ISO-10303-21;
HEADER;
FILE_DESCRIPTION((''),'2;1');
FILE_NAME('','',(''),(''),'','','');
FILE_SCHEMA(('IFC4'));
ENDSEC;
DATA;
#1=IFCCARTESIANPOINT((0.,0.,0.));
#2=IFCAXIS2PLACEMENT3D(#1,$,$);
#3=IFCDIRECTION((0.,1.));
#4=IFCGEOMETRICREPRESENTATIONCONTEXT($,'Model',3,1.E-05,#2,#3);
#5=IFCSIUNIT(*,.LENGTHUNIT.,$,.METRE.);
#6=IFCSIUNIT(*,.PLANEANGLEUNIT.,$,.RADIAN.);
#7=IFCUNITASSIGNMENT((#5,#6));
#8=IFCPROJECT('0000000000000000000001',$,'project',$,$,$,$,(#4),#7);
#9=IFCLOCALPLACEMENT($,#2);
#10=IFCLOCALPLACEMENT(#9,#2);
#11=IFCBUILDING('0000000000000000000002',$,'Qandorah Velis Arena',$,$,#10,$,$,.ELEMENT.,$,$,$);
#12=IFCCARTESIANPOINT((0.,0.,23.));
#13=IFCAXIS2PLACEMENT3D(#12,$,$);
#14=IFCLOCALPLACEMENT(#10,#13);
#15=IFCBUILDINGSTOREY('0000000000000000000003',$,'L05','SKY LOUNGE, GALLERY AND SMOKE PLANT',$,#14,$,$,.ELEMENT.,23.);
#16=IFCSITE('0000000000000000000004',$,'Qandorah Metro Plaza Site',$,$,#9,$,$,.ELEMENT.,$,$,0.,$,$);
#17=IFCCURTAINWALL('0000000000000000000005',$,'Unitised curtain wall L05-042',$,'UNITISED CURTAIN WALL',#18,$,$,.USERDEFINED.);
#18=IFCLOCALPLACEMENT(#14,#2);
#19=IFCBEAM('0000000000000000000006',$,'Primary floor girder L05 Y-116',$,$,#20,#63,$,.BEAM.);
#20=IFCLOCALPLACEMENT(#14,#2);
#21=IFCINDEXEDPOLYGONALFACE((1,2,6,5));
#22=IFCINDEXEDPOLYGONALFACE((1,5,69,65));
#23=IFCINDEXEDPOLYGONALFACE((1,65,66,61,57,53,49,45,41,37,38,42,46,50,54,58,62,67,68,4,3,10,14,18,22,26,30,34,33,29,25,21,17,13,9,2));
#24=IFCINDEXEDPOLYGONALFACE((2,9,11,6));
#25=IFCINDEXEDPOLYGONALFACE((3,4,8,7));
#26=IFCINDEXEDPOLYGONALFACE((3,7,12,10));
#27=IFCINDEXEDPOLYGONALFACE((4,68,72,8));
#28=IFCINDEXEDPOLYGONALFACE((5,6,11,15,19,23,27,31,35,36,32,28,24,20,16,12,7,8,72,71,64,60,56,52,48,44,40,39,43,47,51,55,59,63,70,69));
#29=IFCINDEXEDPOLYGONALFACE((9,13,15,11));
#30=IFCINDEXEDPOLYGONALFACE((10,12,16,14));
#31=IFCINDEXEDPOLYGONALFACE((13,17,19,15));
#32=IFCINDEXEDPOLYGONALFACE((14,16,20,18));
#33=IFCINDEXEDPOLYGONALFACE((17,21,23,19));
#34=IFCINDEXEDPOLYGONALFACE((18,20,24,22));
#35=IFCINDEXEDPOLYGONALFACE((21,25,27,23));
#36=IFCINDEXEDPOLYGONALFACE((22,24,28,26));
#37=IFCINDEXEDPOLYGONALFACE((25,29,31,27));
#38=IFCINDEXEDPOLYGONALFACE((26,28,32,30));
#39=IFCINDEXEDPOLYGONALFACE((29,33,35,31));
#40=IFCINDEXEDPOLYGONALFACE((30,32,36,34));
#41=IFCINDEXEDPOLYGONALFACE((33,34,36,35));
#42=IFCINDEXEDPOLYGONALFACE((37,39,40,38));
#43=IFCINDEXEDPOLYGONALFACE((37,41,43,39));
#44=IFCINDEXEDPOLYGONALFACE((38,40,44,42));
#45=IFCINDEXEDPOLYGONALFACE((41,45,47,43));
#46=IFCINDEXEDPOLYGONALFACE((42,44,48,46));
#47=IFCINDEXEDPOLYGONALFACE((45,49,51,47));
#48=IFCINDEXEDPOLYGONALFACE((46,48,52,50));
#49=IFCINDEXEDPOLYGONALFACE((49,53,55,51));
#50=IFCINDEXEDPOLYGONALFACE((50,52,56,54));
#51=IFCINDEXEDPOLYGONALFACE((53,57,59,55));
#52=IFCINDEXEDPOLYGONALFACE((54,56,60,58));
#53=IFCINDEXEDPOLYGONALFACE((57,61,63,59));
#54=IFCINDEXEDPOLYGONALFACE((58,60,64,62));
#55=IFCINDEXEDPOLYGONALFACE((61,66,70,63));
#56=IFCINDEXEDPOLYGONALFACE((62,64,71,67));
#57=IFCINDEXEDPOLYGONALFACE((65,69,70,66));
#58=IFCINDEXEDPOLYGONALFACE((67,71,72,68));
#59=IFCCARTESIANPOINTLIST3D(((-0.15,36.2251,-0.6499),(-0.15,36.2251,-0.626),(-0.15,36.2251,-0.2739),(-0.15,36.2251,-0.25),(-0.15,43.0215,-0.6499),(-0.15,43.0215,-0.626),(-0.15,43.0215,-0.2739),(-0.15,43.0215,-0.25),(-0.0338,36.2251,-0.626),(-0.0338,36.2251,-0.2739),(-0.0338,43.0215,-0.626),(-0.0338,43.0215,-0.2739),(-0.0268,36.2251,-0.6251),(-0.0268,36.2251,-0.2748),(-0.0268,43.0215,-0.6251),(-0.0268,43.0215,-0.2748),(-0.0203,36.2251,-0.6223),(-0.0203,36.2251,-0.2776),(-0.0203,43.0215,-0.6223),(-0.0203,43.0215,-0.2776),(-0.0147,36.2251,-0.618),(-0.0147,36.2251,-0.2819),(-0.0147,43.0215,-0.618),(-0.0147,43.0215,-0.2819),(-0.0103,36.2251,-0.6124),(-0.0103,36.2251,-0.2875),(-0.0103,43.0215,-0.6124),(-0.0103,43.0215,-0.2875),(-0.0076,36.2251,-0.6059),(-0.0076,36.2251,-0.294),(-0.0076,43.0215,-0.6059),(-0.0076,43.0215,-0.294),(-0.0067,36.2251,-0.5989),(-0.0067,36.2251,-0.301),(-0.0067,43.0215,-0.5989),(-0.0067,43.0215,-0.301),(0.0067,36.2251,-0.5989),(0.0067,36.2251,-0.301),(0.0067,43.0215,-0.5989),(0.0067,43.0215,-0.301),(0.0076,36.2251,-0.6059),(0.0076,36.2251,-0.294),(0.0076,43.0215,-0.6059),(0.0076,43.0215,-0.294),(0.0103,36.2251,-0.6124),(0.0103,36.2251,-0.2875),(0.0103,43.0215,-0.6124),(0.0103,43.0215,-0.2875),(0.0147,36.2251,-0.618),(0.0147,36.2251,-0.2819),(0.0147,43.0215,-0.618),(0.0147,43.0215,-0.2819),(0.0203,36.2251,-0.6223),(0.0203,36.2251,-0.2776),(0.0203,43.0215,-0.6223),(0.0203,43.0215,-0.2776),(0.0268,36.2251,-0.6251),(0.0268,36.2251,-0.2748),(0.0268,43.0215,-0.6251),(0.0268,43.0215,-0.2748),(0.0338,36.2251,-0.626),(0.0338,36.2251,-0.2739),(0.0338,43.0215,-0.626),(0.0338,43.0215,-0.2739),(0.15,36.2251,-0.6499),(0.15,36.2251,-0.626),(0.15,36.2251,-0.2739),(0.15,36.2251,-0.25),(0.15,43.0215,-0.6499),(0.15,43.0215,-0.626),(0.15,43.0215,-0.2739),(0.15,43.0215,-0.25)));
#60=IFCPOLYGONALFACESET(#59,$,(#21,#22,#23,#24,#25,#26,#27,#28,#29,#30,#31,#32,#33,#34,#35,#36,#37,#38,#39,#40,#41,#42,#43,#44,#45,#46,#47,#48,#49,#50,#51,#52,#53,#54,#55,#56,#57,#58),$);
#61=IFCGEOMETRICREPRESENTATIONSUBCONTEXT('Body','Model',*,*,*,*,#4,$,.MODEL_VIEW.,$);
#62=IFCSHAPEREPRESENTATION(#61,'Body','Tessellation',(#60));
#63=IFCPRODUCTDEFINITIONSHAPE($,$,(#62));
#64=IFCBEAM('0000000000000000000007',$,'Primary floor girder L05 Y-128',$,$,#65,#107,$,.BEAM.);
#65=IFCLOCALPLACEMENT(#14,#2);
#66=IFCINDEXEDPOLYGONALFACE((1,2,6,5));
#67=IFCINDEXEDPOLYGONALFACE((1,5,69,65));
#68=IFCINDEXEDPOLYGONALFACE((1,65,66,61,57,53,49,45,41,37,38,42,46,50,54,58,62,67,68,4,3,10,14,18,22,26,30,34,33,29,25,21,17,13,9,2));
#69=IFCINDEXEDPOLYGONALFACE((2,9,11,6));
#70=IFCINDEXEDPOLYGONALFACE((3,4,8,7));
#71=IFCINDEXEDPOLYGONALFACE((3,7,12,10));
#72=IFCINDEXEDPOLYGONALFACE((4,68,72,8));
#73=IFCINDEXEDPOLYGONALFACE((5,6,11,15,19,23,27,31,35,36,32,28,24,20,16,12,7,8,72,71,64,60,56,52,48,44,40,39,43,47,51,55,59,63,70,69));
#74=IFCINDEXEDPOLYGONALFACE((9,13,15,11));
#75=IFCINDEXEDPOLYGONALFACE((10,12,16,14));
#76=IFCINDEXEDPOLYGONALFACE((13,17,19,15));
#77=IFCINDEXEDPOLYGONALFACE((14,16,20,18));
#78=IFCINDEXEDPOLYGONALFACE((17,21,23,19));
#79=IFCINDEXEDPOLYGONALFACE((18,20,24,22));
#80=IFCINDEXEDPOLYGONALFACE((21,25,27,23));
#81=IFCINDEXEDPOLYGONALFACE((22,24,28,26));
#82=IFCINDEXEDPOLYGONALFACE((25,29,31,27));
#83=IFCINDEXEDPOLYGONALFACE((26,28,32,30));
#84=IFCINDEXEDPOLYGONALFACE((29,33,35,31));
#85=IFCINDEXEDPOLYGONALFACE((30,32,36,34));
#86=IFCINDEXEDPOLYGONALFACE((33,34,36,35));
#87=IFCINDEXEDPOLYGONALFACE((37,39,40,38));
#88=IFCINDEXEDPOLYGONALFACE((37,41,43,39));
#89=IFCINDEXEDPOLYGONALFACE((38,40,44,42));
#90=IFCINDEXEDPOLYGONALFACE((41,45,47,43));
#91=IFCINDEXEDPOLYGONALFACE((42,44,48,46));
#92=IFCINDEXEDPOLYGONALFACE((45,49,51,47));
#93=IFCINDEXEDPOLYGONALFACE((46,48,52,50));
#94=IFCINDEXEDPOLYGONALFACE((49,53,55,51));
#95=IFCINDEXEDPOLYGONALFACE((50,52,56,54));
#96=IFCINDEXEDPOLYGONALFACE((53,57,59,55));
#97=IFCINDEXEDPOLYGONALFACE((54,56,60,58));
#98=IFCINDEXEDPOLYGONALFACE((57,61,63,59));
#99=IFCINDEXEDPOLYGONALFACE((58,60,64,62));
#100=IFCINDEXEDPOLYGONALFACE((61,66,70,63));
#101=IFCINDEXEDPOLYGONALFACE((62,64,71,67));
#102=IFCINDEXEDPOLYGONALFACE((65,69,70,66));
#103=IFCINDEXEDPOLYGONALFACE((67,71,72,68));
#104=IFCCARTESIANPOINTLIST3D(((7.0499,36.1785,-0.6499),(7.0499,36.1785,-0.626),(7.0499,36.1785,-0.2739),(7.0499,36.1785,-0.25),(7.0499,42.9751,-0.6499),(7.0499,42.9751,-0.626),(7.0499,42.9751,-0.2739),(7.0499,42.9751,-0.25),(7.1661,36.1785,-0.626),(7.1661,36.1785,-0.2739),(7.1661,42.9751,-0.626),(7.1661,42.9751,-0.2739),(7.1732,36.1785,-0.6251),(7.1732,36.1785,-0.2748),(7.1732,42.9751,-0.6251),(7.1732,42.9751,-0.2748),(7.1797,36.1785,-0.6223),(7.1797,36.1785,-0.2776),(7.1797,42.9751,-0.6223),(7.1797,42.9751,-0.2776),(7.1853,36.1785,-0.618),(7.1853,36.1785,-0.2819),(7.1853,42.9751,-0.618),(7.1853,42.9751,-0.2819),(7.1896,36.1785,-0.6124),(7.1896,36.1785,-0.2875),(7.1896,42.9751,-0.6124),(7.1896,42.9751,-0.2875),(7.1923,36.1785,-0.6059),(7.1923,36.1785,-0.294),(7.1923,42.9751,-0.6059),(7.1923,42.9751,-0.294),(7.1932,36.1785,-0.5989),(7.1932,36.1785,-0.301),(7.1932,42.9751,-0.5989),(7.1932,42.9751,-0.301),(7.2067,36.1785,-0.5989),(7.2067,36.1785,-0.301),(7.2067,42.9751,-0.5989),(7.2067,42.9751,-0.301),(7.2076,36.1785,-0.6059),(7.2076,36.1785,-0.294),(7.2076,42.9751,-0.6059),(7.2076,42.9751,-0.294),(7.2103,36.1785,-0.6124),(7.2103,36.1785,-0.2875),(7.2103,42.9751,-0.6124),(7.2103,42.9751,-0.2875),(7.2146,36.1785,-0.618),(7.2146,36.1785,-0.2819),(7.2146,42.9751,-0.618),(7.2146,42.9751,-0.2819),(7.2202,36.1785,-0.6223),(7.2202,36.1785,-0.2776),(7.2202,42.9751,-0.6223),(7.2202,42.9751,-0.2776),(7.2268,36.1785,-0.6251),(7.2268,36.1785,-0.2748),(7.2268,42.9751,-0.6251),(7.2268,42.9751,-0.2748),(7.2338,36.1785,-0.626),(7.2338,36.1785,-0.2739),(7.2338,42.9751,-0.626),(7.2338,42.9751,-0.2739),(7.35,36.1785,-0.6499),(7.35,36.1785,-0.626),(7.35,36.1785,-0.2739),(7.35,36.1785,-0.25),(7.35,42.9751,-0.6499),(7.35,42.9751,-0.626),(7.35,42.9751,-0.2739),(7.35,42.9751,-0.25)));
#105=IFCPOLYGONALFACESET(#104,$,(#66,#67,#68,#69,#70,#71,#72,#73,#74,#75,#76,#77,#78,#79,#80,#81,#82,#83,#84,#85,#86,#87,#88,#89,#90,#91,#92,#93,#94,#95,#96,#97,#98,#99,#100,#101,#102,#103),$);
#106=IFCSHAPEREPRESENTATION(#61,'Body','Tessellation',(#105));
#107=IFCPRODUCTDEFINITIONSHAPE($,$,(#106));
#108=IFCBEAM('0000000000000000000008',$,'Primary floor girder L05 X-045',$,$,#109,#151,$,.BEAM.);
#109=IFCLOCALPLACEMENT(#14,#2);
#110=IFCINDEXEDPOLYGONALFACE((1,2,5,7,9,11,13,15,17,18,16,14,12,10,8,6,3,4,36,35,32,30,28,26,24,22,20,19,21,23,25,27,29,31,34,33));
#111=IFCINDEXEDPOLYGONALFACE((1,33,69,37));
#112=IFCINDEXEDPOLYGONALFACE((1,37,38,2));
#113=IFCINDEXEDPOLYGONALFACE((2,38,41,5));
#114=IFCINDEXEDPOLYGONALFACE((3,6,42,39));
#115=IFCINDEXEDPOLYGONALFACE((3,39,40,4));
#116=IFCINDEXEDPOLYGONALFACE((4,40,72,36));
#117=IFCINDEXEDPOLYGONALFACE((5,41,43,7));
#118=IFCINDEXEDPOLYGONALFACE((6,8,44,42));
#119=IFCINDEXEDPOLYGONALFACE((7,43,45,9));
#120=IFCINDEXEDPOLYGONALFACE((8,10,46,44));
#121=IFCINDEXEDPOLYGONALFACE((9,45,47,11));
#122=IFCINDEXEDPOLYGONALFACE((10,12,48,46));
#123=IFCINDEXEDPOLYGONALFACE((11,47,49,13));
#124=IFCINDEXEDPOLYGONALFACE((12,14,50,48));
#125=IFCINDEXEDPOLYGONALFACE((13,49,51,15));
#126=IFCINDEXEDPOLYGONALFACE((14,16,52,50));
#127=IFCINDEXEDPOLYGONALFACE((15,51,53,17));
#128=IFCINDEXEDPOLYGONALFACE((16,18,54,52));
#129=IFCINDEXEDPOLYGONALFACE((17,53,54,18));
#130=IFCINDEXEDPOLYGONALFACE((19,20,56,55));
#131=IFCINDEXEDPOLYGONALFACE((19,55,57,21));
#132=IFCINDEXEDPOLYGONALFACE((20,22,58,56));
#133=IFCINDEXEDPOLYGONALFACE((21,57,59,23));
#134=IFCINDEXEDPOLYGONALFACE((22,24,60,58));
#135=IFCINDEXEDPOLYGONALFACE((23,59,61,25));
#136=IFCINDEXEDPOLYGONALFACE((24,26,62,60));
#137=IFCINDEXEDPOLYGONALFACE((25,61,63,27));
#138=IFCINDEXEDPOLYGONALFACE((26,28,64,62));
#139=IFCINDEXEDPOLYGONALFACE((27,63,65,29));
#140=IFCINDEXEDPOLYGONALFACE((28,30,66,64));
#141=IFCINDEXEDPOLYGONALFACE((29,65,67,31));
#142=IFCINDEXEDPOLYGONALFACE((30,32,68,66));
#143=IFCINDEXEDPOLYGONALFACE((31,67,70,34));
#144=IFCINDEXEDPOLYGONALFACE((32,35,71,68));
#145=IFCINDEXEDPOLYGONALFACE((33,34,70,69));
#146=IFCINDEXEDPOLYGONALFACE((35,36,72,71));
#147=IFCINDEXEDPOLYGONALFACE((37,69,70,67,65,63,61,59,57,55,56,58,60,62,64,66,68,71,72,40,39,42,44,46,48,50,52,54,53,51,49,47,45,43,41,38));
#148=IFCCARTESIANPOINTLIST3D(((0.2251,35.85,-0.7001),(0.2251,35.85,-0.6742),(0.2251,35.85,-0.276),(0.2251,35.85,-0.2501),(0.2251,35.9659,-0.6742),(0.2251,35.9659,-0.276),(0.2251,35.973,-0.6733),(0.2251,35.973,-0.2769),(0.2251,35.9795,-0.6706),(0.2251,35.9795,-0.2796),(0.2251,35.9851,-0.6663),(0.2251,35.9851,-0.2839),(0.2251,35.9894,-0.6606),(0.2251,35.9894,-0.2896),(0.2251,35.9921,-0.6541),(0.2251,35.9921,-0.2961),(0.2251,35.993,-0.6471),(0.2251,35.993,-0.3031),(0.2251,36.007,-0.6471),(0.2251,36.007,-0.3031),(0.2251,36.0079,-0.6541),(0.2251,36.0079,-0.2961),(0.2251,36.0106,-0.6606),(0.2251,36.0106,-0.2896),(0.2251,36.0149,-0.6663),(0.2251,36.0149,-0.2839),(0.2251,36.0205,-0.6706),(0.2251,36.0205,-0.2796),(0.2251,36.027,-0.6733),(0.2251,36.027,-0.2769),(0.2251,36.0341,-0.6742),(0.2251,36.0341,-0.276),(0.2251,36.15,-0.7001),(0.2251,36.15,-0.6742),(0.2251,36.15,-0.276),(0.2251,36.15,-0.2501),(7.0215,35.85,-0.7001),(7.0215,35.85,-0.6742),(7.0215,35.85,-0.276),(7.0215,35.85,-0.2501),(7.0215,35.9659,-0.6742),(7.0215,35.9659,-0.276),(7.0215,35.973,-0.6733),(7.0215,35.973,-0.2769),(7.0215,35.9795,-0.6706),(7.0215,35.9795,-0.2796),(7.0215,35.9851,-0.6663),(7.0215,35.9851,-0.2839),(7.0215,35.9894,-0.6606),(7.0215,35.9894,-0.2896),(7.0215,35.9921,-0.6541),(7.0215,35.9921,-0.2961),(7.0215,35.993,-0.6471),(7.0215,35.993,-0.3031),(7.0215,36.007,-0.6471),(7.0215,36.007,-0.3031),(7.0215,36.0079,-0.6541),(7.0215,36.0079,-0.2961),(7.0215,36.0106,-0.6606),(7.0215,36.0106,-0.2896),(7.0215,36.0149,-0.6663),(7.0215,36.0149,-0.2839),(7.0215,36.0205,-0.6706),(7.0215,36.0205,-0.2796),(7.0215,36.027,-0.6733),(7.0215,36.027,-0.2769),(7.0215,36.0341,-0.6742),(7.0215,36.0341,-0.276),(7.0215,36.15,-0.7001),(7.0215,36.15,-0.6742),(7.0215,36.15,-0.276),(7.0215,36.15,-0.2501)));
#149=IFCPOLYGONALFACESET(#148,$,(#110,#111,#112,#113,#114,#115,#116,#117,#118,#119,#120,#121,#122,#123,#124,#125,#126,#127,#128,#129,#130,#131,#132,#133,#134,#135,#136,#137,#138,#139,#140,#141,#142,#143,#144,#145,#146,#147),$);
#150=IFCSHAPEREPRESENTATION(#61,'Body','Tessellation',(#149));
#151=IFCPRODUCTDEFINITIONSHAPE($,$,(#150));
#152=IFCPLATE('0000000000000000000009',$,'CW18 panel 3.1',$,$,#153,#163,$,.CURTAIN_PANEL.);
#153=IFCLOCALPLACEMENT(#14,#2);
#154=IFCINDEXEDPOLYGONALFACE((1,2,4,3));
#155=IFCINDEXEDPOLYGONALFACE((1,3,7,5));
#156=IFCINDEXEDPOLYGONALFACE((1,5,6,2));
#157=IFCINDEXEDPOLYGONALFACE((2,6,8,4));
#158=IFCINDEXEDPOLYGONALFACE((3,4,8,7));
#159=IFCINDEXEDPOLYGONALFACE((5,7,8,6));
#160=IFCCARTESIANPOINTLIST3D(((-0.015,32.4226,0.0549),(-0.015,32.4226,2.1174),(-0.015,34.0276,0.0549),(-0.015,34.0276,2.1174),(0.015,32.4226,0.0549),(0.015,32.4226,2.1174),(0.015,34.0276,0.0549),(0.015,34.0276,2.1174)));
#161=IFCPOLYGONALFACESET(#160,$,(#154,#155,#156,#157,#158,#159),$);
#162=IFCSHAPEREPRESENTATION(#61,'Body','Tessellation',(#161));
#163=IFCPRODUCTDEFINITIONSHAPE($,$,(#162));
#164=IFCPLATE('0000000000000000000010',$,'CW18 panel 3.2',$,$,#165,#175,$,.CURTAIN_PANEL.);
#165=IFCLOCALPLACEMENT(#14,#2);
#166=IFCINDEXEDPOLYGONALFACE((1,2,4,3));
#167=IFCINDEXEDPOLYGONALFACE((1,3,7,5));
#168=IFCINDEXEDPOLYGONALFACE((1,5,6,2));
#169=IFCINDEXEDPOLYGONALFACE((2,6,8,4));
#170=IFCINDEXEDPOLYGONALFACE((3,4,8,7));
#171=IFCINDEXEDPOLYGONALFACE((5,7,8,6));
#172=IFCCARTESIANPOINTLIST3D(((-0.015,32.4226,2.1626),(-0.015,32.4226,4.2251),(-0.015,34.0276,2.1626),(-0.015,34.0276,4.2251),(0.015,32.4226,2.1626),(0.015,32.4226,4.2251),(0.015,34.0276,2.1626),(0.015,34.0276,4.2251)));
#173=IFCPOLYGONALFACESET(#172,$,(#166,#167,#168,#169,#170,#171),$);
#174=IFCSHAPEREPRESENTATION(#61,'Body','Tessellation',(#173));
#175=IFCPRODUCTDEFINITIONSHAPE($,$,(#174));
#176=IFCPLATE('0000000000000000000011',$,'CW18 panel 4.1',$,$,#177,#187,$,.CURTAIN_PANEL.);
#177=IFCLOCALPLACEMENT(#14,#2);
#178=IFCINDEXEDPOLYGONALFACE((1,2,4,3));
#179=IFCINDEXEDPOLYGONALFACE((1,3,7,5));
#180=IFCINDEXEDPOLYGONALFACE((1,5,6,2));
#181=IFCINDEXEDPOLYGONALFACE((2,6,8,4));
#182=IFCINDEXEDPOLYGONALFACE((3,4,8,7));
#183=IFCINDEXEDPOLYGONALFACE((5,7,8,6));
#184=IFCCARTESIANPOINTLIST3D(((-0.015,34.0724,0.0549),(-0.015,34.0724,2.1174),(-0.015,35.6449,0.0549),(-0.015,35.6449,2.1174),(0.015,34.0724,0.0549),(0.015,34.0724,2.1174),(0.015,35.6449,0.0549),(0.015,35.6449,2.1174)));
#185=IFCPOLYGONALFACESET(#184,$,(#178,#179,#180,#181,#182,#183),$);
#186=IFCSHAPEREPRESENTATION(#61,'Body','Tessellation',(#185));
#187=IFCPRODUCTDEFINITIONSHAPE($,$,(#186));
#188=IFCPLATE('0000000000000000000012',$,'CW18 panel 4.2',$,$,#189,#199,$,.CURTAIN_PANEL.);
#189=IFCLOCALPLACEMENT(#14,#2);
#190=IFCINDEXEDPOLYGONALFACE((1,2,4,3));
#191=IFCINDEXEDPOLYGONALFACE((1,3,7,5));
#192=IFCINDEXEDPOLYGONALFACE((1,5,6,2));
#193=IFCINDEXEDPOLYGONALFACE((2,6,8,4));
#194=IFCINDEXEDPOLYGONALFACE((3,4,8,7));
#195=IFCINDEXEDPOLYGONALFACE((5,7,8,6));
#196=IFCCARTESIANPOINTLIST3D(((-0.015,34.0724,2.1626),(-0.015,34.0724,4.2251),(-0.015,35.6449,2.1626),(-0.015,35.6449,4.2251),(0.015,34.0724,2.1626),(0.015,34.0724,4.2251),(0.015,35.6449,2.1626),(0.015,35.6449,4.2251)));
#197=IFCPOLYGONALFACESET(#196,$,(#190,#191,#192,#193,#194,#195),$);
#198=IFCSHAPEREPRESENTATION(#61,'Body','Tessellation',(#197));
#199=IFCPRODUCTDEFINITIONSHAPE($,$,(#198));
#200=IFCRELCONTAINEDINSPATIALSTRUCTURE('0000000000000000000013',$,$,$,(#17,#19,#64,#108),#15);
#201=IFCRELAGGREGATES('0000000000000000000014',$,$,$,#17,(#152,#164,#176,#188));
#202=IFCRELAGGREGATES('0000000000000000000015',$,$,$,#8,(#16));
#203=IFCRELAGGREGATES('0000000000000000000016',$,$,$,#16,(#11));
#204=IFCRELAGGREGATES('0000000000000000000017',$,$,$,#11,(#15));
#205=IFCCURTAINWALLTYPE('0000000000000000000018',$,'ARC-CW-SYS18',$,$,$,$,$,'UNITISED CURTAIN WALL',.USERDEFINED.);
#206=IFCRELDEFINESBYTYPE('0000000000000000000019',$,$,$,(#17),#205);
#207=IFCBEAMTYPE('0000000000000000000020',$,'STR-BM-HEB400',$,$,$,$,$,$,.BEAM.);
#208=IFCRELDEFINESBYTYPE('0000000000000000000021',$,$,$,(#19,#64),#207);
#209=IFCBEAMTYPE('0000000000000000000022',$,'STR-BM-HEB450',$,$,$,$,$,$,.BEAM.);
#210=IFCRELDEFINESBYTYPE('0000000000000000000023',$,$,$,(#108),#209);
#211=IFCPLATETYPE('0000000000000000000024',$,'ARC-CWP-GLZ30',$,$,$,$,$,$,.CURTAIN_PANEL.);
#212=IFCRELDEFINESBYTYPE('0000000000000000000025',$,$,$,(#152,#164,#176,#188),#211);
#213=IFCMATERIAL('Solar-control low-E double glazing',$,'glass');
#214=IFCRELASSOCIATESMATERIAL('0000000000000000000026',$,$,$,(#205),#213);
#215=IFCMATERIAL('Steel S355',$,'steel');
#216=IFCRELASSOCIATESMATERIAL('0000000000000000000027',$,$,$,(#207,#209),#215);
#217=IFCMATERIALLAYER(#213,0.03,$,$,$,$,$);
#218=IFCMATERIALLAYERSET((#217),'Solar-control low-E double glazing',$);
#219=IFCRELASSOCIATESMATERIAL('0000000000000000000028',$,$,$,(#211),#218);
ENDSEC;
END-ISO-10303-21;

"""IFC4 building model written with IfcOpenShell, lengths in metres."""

from ifc_helpers import new_model, si_unit, direction, frame, origin, origin_2d, place, context, subcontext, project, spatial, rectangle, i_section, extrude, material, layer, layer_set, material_profile, profile_set, type_object, element, aggregate, save


model = new_model("IFC4")

# Units and contexts
model_context = context("Model", 3, precision=1e-05, world=origin(), true_north=direction((0.0, 1.0)))
body_context = subcontext(model_context, "Body", "Model", "MODEL_VIEW")
ifc_project = project(units=[si_unit("LENGTHUNIT", "METRE"), si_unit("PLANEANGLEUNIT", "RADIAN")], contexts=[model_context])

# Site, building, storey
site_placement = place(None, origin())
site = spatial("IfcSite", under=ifc_project, at=site_placement, Name="Qandorah Metro Plaza Site", CompositionType="ELEMENT", RefElevation=0.0)
building_placement = place(site_placement, origin())
building = spatial("IfcBuilding", under=site, at=building_placement, Name="Qandorah Velis Arena", CompositionType="ELEMENT")
storey_placement = place(building_placement, frame((0.0, 0.0, 23.0)))
storey = spatial("IfcBuildingStorey", under=building, at=storey_placement, Name="L05", Description="SKY LOUNGE, GALLERY AND SMOKE PLANT", CompositionType="ELEMENT", Elevation=23.0)

# Curtain wall
ifc_material_1 = material(Name="Solar-control low-E double glazing", Category="glass")
curtain_wall_type = type_object("IfcCurtainWallType", Name="ARC-CW-SYS18", ElementType="UNITISED CURTAIN WALL", PredefinedType="USERDEFINED", material=ifc_material_1)
curtain_wall_placement = place(storey_placement, origin())
curtain_wall = element("IfcCurtainWall", 1, at=curtain_wall_placement, inside=storey, type_object=curtain_wall_type, Name="Unitised curtain wall L05-042", ObjectType="UNITISED CURTAIN WALL", PredefinedType="USERDEFINED")

# Beams
ifc_material_2 = material(Name="Steel S355", Category="steel")
ifc_material_profile_1 = material_profile(ifc_material_2, i_section(OverallWidth=0.3, OverallDepth=0.3999, WebThickness=0.0134, FlangeThickness=0.0239, FilletRadius=0.0271, at=origin_2d()), Name="HEB 400")
ifc_profile_set_1 = profile_set([ifc_material_profile_1], Name="Steel S355")
beam_type_1 = type_object("IfcBeamType", Name="STR-BM-HEB400", PredefinedType="BEAM", material=ifc_profile_set_1)
beam_1_placement = place(storey_placement, frame((0.0, 36.2251, -0.45), z_axis=(0.0, 1.0, 0.0), x_axis=(-1.0, 0.0, 0.0)))
element("IfcBeam", 2, at=beam_1_placement, inside=storey, type_object=beam_type_1, Name="Primary floor girder L05 Y-116", PredefinedType="BEAM", context=body_context, shape_type="SweptSolid", body=[
    extrude(i_section(OverallWidth=0.3, OverallDepth=0.3999, WebThickness=0.0134, FlangeThickness=0.0239, FilletRadius=0.0271, at=origin_2d()), origin(), (0.0, 0.0, 1.0), 6.7964),
])
beam_2_placement = place(storey_placement, frame((7.2, 36.1785, -0.45), z_axis=(0.0, 1.0, 0.0), x_axis=(-1.0, 0.0, 0.0)))
element("IfcBeam", 3, at=beam_2_placement, inside=storey, type_object=beam_type_1, Name="Primary floor girder L05 Y-128", PredefinedType="BEAM", context=body_context, shape_type="SweptSolid", body=[
    extrude(i_section(OverallWidth=0.3, OverallDepth=0.3999, WebThickness=0.0134, FlangeThickness=0.0239, FilletRadius=0.0271, at=origin_2d()), origin(), (0.0, 0.0, 1.0), 6.7966),
])
ifc_material_profile_2 = material_profile(ifc_material_2, i_section(OverallWidth=0.3, OverallDepth=0.45, WebThickness=0.0139, FlangeThickness=0.0259, FilletRadius=0.0271, at=origin_2d()), Name="HEB 450")
ifc_profile_set_2 = profile_set([ifc_material_profile_2], Name="Steel S355")
beam_type_2 = type_object("IfcBeamType", Name="STR-BM-HEB450", PredefinedType="BEAM", material=ifc_profile_set_2)
beam_3_placement = place(storey_placement, frame((0.2251, 36.0, -0.4751), z_axis=(1.0, 0.0, 0.0), x_axis=(0.0, 1.0, 0.0)))
element("IfcBeam", 4, at=beam_3_placement, inside=storey, type_object=beam_type_2, Name="Primary floor girder L05 X-045", PredefinedType="BEAM", context=body_context, shape_type="SweptSolid", body=[
    extrude(i_section(OverallWidth=0.3, OverallDepth=0.45, WebThickness=0.0139, FlangeThickness=0.0259, FilletRadius=0.0271, at=origin_2d()), origin(), (0.0, 0.0, 1.0), 6.7964),
])

# Plates
ifc_layer_1 = layer(ifc_material_1, 0.03)
ifc_layer_set_1 = layer_set([ifc_layer_1], Name="Solar-control low-E double glazing")
plate_type = type_object("IfcPlateType", Name="ARC-CWP-GLZ30", PredefinedType="CURTAIN_PANEL", material=ifc_layer_set_1)
plate_1_placement = place(storey_placement, frame((0.0, 33.2251, 0.0549), z_axis=(0.0, 0.0, 1.0), x_axis=(0.0, 1.0, 0.0)))
plate_1 = element("IfcPlate", 5, at=plate_1_placement, type_object=plate_type, Name="CW18 panel 3.1", PredefinedType="CURTAIN_PANEL", context=body_context, shape_type="SweptSolid", body=[
    extrude(rectangle(XDim=1.605, YDim=0.03, at=origin_2d()), origin(), (0.0, 0.0, 1.0), 2.0625),
])
plate_2_placement = place(storey_placement, frame((0.0, 33.2251, 2.1626), z_axis=(0.0, 0.0, 1.0), x_axis=(0.0, 1.0, 0.0)))
plate_2 = element("IfcPlate", 6, at=plate_2_placement, type_object=plate_type, Name="CW18 panel 3.2", PredefinedType="CURTAIN_PANEL", context=body_context, shape_type="SweptSolid", body=[
    extrude(rectangle(XDim=1.605, YDim=0.03, at=origin_2d()), origin(), (0.0, 0.0, 1.0), 2.0625),
])
plate_3_placement = place(storey_placement, frame((0.0, 34.8586, 0.0549), z_axis=(0.0, 0.0, 1.0), x_axis=(0.0, 1.0, 0.0)))
plate_3 = element("IfcPlate", 7, at=plate_3_placement, type_object=plate_type, Name="CW18 panel 4.1", PredefinedType="CURTAIN_PANEL", context=body_context, shape_type="SweptSolid", body=[
    extrude(rectangle(XDim=1.5725, YDim=0.03, at=origin_2d()), origin(), (0.0, 0.0, 1.0), 2.0625),
])
plate_4_placement = place(storey_placement, frame((0.0, 34.8586, 2.1626), z_axis=(0.0, 0.0, 1.0), x_axis=(0.0, 1.0, 0.0)))
plate_4 = element("IfcPlate", 8, at=plate_4_placement, type_object=plate_type, Name="CW18 panel 4.2", PredefinedType="CURTAIN_PANEL", context=body_context, shape_type="SweptSolid", body=[
    extrude(rectangle(XDim=1.5725, YDim=0.03, at=origin_2d()), origin(), (0.0, 0.0, 1.0), 2.0625),
])
aggregate(curtain_wall, [plate_1, plate_2, plate_3, plate_4])

save(model, "model.ifc")
